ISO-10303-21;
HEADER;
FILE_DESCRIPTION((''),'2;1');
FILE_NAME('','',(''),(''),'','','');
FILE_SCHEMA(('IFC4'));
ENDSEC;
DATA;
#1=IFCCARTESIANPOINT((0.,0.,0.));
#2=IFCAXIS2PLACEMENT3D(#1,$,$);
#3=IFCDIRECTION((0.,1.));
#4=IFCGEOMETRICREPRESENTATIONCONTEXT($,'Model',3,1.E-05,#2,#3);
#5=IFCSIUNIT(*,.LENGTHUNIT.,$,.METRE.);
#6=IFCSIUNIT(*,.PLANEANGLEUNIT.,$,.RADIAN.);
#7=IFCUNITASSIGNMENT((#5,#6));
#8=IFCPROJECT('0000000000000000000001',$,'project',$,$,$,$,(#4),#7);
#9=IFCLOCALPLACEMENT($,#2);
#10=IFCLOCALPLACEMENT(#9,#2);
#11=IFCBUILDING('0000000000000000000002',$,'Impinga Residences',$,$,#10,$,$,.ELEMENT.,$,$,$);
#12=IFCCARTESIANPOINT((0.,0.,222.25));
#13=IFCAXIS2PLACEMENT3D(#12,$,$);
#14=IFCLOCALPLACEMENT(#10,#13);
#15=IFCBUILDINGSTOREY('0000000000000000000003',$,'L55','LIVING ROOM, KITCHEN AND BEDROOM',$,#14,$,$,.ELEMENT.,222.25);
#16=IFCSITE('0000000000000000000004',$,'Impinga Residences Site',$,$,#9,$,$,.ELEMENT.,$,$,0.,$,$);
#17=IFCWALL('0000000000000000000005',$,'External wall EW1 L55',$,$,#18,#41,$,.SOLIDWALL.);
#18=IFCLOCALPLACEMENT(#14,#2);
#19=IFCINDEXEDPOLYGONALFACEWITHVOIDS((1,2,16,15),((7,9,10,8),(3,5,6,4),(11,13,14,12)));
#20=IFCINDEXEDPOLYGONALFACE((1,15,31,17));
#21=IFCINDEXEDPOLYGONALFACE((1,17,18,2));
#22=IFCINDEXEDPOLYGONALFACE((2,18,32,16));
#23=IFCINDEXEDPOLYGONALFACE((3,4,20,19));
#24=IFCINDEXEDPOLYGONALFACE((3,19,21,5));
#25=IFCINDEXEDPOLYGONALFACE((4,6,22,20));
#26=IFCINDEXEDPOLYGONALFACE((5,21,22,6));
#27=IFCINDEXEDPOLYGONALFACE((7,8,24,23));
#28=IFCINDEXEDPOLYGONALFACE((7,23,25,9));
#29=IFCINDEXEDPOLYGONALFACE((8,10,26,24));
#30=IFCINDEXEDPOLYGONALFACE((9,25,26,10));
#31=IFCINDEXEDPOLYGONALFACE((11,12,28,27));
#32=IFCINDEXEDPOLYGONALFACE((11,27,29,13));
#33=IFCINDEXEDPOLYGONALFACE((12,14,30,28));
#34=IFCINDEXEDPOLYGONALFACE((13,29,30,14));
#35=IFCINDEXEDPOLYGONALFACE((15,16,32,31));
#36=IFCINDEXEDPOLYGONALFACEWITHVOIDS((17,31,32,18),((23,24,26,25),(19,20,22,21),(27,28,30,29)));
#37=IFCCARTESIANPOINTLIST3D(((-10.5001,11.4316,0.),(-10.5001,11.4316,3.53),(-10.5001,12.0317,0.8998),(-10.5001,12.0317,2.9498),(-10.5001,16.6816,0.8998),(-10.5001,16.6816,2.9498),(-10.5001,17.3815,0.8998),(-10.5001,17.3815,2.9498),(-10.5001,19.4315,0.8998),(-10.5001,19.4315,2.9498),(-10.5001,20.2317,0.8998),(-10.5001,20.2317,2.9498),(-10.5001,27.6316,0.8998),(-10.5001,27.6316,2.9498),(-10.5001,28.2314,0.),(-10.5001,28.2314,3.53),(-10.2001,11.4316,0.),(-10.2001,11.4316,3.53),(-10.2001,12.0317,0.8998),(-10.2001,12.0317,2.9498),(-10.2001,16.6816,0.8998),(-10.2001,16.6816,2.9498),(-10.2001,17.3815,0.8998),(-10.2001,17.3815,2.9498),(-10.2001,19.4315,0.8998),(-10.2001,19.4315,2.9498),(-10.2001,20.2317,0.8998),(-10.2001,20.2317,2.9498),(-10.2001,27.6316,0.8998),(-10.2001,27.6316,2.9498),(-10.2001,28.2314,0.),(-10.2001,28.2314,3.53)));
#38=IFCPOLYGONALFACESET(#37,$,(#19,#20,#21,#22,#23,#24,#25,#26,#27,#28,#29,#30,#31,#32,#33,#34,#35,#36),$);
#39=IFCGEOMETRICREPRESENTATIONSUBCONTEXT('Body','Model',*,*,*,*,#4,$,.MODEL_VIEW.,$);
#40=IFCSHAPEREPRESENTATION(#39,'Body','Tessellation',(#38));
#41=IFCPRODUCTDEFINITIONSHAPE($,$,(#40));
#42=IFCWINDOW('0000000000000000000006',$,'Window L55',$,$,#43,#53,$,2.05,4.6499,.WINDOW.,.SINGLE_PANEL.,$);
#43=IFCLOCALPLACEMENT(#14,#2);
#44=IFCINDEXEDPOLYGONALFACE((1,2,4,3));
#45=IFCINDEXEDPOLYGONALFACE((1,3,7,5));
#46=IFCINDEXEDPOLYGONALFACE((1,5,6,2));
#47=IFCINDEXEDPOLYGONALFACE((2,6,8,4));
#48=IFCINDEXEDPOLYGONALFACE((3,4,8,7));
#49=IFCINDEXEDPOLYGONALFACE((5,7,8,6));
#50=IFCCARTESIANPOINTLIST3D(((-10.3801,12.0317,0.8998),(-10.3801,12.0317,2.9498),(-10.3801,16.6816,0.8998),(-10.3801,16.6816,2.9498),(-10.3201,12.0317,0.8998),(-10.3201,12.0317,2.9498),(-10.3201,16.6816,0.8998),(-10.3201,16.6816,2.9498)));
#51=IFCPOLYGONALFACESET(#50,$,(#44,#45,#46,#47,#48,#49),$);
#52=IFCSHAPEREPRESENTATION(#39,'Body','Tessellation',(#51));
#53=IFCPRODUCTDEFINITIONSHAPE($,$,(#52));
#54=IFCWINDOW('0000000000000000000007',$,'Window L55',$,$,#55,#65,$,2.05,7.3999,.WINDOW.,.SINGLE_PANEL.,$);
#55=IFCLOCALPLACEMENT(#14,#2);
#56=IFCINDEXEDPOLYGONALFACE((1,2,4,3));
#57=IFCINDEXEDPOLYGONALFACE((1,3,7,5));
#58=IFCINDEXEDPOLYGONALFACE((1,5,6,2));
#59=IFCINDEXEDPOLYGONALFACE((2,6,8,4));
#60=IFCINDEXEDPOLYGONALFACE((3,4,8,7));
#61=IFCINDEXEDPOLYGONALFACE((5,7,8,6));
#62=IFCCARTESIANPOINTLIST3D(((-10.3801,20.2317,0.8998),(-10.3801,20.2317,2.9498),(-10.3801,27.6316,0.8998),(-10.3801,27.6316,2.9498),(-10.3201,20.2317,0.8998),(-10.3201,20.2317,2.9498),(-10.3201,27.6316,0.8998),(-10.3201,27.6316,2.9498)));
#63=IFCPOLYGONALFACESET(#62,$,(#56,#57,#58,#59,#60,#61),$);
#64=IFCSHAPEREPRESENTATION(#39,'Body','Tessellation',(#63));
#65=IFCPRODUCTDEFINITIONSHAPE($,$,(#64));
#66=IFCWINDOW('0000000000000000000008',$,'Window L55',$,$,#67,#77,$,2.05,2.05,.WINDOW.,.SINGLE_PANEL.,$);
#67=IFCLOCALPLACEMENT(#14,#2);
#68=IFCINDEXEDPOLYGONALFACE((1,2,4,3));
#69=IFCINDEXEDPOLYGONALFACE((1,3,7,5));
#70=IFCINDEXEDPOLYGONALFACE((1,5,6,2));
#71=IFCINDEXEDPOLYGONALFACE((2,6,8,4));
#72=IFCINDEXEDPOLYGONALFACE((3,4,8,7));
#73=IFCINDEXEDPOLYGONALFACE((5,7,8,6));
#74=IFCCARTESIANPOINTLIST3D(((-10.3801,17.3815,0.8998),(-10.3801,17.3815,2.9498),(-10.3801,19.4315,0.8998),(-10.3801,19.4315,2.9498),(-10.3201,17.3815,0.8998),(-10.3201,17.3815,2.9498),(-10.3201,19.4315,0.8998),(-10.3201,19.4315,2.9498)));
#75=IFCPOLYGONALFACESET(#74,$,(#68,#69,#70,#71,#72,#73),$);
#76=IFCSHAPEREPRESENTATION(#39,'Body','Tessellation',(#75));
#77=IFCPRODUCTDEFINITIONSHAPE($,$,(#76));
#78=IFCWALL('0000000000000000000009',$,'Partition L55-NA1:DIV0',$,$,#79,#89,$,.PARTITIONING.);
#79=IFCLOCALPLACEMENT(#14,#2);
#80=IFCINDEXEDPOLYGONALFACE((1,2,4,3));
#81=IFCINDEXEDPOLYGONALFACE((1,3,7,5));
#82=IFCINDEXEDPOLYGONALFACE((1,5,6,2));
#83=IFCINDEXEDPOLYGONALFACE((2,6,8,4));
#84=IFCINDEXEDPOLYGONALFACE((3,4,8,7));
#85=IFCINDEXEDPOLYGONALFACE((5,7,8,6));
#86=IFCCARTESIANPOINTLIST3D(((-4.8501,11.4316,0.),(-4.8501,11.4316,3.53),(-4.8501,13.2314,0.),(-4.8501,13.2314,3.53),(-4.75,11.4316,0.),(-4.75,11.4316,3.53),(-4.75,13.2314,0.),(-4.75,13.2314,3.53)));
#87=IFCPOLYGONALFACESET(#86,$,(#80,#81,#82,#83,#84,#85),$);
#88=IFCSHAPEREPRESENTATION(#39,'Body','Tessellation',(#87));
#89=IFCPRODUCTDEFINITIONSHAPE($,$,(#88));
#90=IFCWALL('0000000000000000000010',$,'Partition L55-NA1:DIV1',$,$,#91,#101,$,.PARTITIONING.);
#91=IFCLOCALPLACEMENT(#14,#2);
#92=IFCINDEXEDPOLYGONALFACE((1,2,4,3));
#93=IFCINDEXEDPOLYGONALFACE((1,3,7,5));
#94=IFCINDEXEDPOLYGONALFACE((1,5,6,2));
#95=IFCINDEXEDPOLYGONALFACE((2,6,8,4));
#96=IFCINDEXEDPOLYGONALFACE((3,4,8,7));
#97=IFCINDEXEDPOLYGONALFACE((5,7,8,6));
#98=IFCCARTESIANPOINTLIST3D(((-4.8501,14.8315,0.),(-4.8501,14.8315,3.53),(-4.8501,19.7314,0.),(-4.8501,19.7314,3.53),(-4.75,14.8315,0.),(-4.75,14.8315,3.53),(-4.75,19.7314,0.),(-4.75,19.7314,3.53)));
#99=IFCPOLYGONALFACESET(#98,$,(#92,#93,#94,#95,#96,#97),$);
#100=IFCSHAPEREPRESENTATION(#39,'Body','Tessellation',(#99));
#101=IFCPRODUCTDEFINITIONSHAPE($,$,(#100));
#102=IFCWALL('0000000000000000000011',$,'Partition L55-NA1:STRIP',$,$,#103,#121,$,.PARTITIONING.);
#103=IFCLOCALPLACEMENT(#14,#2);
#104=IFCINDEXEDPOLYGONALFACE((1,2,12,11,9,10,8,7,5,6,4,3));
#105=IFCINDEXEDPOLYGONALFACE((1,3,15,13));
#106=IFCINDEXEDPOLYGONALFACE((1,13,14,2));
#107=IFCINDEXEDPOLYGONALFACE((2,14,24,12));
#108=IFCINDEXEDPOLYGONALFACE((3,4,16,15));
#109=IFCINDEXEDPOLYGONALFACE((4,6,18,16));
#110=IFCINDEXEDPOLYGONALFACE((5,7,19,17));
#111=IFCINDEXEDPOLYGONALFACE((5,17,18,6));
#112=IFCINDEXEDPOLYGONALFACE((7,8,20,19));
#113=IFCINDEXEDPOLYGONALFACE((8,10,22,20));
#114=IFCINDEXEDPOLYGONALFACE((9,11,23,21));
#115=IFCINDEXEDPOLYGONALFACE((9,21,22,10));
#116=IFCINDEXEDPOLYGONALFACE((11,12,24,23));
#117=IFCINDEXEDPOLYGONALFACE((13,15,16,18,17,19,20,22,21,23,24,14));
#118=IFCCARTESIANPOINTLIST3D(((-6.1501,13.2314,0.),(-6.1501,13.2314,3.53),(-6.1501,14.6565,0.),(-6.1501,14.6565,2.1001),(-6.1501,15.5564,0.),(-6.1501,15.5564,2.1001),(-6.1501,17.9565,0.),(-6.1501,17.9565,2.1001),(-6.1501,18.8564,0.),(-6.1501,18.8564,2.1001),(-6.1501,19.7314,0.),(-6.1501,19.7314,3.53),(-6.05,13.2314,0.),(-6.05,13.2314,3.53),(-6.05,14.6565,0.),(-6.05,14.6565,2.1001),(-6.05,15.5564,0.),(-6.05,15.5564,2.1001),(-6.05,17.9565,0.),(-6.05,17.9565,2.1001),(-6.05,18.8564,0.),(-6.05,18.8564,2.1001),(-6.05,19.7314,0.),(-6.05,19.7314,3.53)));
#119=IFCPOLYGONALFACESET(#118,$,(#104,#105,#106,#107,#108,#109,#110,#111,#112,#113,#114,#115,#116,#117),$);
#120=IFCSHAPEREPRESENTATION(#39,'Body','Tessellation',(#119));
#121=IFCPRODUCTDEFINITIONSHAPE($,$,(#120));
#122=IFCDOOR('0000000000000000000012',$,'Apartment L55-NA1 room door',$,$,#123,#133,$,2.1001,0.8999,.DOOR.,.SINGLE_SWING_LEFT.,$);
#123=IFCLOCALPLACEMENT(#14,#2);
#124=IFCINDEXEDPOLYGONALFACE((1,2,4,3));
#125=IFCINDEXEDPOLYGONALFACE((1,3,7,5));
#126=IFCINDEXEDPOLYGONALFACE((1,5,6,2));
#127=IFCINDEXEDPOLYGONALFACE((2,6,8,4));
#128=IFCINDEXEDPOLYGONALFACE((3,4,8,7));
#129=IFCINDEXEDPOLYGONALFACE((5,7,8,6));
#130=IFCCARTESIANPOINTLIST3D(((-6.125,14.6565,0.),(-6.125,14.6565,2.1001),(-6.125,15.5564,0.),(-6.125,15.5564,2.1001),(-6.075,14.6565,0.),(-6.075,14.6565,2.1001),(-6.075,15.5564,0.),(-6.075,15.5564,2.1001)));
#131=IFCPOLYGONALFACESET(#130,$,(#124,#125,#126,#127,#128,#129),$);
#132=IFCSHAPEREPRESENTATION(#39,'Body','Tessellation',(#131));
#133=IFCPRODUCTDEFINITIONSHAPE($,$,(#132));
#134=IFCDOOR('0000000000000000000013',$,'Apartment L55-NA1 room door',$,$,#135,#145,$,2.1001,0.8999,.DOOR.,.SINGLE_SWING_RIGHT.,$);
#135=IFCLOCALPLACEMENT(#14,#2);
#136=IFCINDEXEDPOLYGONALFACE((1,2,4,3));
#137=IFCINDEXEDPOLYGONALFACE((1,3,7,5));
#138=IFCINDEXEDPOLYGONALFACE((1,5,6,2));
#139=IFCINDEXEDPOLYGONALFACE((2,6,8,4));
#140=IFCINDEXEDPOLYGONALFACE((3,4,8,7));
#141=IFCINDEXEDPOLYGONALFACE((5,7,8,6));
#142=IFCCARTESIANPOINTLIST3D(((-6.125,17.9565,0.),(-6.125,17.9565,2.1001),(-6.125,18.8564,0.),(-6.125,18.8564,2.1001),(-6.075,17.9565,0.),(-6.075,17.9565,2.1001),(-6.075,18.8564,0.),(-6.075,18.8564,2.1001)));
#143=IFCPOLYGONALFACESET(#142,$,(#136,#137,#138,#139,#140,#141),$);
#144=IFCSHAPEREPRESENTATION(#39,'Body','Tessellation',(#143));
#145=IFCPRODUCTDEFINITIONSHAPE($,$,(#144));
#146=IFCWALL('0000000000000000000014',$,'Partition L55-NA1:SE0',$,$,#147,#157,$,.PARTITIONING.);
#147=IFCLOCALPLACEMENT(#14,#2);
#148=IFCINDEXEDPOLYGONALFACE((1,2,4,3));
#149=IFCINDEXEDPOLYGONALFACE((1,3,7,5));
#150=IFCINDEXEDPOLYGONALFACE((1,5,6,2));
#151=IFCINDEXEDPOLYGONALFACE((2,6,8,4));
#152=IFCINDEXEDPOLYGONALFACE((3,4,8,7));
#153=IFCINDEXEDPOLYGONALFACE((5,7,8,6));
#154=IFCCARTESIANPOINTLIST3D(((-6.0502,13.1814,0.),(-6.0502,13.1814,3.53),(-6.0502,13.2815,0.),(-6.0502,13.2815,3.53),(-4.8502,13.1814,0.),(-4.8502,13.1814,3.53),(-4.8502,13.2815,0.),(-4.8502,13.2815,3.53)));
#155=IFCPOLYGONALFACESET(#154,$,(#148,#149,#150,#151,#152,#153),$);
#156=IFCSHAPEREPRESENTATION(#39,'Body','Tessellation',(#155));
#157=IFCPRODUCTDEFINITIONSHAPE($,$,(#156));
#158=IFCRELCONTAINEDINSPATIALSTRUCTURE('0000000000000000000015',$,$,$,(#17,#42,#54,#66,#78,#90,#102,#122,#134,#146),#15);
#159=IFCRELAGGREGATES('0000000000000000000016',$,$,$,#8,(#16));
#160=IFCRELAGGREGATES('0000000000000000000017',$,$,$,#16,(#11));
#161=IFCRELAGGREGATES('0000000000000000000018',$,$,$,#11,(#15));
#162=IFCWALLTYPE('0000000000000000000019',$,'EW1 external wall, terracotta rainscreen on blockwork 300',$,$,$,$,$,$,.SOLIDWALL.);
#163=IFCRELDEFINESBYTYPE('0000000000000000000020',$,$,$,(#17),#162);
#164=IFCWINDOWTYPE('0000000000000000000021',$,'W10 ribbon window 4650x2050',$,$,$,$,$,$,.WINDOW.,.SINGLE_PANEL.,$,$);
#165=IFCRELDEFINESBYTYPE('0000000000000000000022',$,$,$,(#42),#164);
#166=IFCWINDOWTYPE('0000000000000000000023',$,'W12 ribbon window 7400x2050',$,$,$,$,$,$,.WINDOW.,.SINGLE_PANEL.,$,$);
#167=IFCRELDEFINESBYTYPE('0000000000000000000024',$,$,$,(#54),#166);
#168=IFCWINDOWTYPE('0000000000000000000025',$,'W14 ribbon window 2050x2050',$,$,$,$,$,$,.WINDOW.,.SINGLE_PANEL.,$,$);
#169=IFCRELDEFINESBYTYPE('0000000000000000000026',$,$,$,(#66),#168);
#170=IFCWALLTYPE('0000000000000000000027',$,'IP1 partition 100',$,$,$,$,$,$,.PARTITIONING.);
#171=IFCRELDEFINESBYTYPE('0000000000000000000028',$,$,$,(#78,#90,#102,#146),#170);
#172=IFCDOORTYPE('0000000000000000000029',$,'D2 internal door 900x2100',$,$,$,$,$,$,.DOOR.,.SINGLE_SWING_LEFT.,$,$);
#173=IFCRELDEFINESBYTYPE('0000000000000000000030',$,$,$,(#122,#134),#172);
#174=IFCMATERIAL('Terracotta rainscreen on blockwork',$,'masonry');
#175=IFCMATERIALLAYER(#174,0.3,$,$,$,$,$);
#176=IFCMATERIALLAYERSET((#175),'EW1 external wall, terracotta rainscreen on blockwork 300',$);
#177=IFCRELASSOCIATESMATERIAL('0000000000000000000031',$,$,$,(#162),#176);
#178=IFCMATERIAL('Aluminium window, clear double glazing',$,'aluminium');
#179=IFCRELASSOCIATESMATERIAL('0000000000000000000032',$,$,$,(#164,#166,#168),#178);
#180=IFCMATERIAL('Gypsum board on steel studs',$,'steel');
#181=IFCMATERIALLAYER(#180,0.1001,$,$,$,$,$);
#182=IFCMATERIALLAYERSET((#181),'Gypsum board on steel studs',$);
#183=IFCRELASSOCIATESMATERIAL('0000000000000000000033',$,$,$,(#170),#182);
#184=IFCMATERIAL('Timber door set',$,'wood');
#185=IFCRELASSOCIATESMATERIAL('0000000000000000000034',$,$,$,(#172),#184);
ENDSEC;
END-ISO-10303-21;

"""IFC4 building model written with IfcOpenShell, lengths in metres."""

from ifc_helpers import new_model, si_unit, direction, frame, frame_2d, origin, place, context, subcontext, project, spatial, rectangle, extrude, material, layer, layer_set, type_object, element, fill, save


model = new_model("IFC4")

# Units and contexts
model_context = context("Model", 3, precision=1e-05, world=origin(), true_north=direction((0.0, 1.0)))
body_context = subcontext(model_context, "Body", "Model", "MODEL_VIEW")
ifc_project = project(units=[si_unit("LENGTHUNIT", "METRE"), si_unit("PLANEANGLEUNIT", "RADIAN")], contexts=[model_context])

# Site, building, storey
site_placement = place(None, origin())
site = spatial("IfcSite", under=ifc_project, at=site_placement, Name="Impinga Residences Site", CompositionType="ELEMENT", RefElevation=0.0)
building_placement = place(site_placement, origin())
building = spatial("IfcBuilding", under=site, at=building_placement, Name="Impinga Residences", CompositionType="ELEMENT")
storey_placement = place(building_placement, frame((0.0, 0.0, 222.25)))
storey = spatial("IfcBuildingStorey", under=building, at=storey_placement, Name="L55", Description="LIVING ROOM, KITCHEN AND BEDROOM", CompositionType="ELEMENT", Elevation=222.25)

# Shared definitions
ifc_material_1 = material(Name="Timber door set", Category="wood")

# Shared definitions
ifc_material_2 = material(Name="Terracotta rainscreen on blockwork", Category="masonry")
ifc_layer_1 = layer(ifc_material_2, 0.3)
ifc_layer_set_1 = layer_set([ifc_layer_1], Name="EW1 external wall, terracotta rainscreen on blockwork 300")
wall_type_1 = type_object("IfcWallType", Name="EW1 external wall, terracotta rainscreen on blockwork 300", PredefinedType="SOLIDWALL", material=ifc_layer_set_1)

# Wall, openings, windows
wall_1_placement = place(storey_placement, frame((-10.3501, 11.4316, 0.0), z_axis=(0.0, 0.0, 1.0), x_axis=(0.0, 1.0, 0.0)))
wall_1 = element("IfcWall", 1, at=wall_1_placement, inside=storey, type_object=wall_type_1, Name="External wall EW1 L55", PredefinedType="SOLIDWALL", context=body_context, shape_type="SweptSolid", body=[
    extrude(rectangle(XDim=16.7998, YDim=0.3, at=frame_2d((8.3999, 0.0))), origin(), (0.0, 0.0, 1.0), 3.53),
])
opening_1_placement = place(wall_1_placement, frame((0.6001, 0.0, 0.8999)))
opening_1 = element("IfcOpeningElement", 2, at=opening_1_placement, cuts=wall_1, PredefinedType="OPENING", context=body_context, shape_type="SweptSolid", body=[
    extrude(rectangle(XDim=4.6499, YDim=2.05, at=frame_2d((2.325, 1.0249))), frame((0.0, 0.1599, 0.0), z_axis=(0.0, -1.0, 0.0), x_axis=(1.0, 0.0, 0.0)), (0.0, 0.0, 1.0), 0.3201),
])
opening_2_placement = place(wall_1_placement, frame((5.95, 0.0, 0.8999)))
opening_2 = element("IfcOpeningElement", 3, at=opening_2_placement, cuts=wall_1, PredefinedType="OPENING", context=body_context, shape_type="SweptSolid", body=[
    extrude(rectangle(XDim=2.05, YDim=2.05, at=frame_2d((1.0249, 1.0249))), frame((0.0, 0.1599, 0.0), z_axis=(0.0, -1.0, 0.0), x_axis=(1.0, 0.0, 0.0)), (0.0, 0.0, 1.0), 0.3201),
])
opening_3_placement = place(wall_1_placement, frame((8.8, 0.0, 0.8999)))
opening_3 = element("IfcOpeningElement", 4, at=opening_3_placement, cuts=wall_1, PredefinedType="OPENING", context=body_context, shape_type="SweptSolid", body=[
    extrude(rectangle(XDim=7.3999, YDim=2.05, at=frame_2d((3.7, 1.0249))), frame((0.0, 0.1599, 0.0), z_axis=(0.0, -1.0, 0.0), x_axis=(1.0, 0.0, 0.0)), (0.0, 0.0, 1.0), 0.3201),
])
ifc_material_3 = material(Name="Aluminium window, clear double glazing", Category="aluminium")
window_type_1 = type_object("IfcWindowType", Name="W10 ribbon window 4650x2050", PartitioningType="SINGLE_PANEL", PredefinedType="WINDOW", material=ifc_material_3)
window_1_placement = place(opening_1_placement, origin())
window_1 = element("IfcWindow", 5, at=window_1_placement, inside=storey, type_object=window_type_1, Name="Window L55", OverallHeight=2.05, OverallWidth=4.6499, PartitioningType="SINGLE_PANEL", PredefinedType="WINDOW", context=body_context, shape_type="SweptSolid", body=[
    extrude(rectangle(XDim=4.6499, YDim=2.05, at=frame_2d((2.325, 1.0249))), frame((0.0, 0.03, 0.0), z_axis=(0.0, -1.0, 0.0), x_axis=(1.0, 0.0, 0.0)), (0.0, 0.0, 1.0), 0.0601),
])
fill(opening_1, window_1)
window_type_2 = type_object("IfcWindowType", Name="W12 ribbon window 7400x2050", PartitioningType="SINGLE_PANEL", PredefinedType="WINDOW", material=ifc_material_3)
window_2_placement = place(opening_3_placement, origin())
window_2 = element("IfcWindow", 6, at=window_2_placement, inside=storey, type_object=window_type_2, Name="Window L55", OverallHeight=2.05, OverallWidth=7.3999, PartitioningType="SINGLE_PANEL", PredefinedType="WINDOW", context=body_context, shape_type="SweptSolid", body=[
    extrude(rectangle(XDim=7.3999, YDim=2.05, at=frame_2d((3.7, 1.0249))), frame((0.0, 0.03, 0.0), z_axis=(0.0, -1.0, 0.0), x_axis=(1.0, 0.0, 0.0)), (0.0, 0.0, 1.0), 0.0601),
])
fill(opening_3, window_2)
window_type_3 = type_object("IfcWindowType", Name="W14 ribbon window 2050x2050", PartitioningType="SINGLE_PANEL", PredefinedType="WINDOW", material=ifc_material_3)
window_3_placement = place(opening_2_placement, origin())
window_3 = element("IfcWindow", 7, at=window_3_placement, inside=storey, type_object=window_type_3, Name="Window L55", OverallHeight=2.05, OverallWidth=2.05, PartitioningType="SINGLE_PANEL", PredefinedType="WINDOW", context=body_context, shape_type="SweptSolid", body=[
    extrude(rectangle(XDim=2.05, YDim=2.05, at=frame_2d((1.0249, 1.0249))), frame((0.0, 0.03, 0.0), z_axis=(0.0, -1.0, 0.0), x_axis=(1.0, 0.0, 0.0)), (0.0, 0.0, 1.0), 0.0601),
])
fill(opening_2, window_3)

# Walls
ifc_material_4 = material(Name="Gypsum board on steel studs", Category="steel")
ifc_layer_2 = layer(ifc_material_4, 0.1001)
ifc_layer_set_2 = layer_set([ifc_layer_2], Name="Gypsum board on steel studs")
wall_type_2 = type_object("IfcWallType", Name="IP1 partition 100", PredefinedType="PARTITIONING", material=ifc_layer_set_2)
wall_2_placement = place(storey_placement, frame((-4.8, 11.4316, 0.0), z_axis=(0.0, 0.0, 1.0), x_axis=(0.0, 1.0, 0.0)))
element("IfcWall", 8, at=wall_2_placement, inside=storey, type_object=wall_type_2, Name="Partition L55-NA1:DIV0", PredefinedType="PARTITIONING", context=body_context, shape_type="SweptSolid", body=[
    extrude(rectangle(XDim=1.7998, YDim=0.1001, at=frame_2d((0.8999, 0.0))), origin(), (0.0, 0.0, 1.0), 3.53),
])
wall_3_placement = place(storey_placement, frame((-4.8, 14.8315, 0.0), z_axis=(0.0, 0.0, 1.0), x_axis=(0.0, 1.0, 0.0)))
element("IfcWall", 9, at=wall_3_placement, inside=storey, type_object=wall_type_2, Name="Partition L55-NA1:DIV1", PredefinedType="PARTITIONING", context=body_context, shape_type="SweptSolid", body=[
    extrude(rectangle(XDim=4.8999, YDim=0.1001, at=frame_2d((2.45, 0.0))), origin(), (0.0, 0.0, 1.0), 3.53),
])

# Wall, openings, doors
wall_4_placement = place(storey_placement, frame((-6.1001, 13.2314, 0.0), z_axis=(0.0, 0.0, 1.0), x_axis=(0.0, 1.0, 0.0)))
wall_4 = element("IfcWall", 10, at=wall_4_placement, inside=storey, type_object=wall_type_2, Name="Partition L55-NA1:STRIP", PredefinedType="PARTITIONING", context=body_context, shape_type="SweptSolid", body=[
    extrude(rectangle(XDim=6.5, YDim=0.1001, at=frame_2d((3.25, 0.0))), origin(), (0.0, 0.0, 1.0), 3.53),
])
opening_4_placement = place(wall_4_placement, frame((1.425, 0.0, 0.0)))
opening_4 = element("IfcOpeningElement", 11, at=opening_4_placement, cuts=wall_4, PredefinedType="OPENING", context=body_context, shape_type="SweptSolid", body=[
    extrude(rectangle(XDim=0.8999, YDim=2.1001, at=frame_2d((0.45, 1.05))), frame((0.0, 0.0601, 0.0), z_axis=(0.0, -1.0, 0.0), x_axis=(1.0, 0.0, 0.0)), (0.0, 0.0, 1.0), 0.1201),
])
opening_5_placement = place(wall_4_placement, frame((4.7251, 0.0, 0.0)))
opening_5 = element("IfcOpeningElement", 12, at=opening_5_placement, cuts=wall_4, PredefinedType="OPENING", context=body_context, shape_type="SweptSolid", body=[
    extrude(rectangle(XDim=0.8999, YDim=2.1001, at=frame_2d((0.45, 1.05))), frame((0.0, 0.0601, 0.0), z_axis=(0.0, -1.0, 0.0), x_axis=(1.0, 0.0, 0.0)), (0.0, 0.0, 1.0), 0.1201),
])
door_type_1 = type_object("IfcDoorType", Name="D2 internal door 900x2100", OperationType="SINGLE_SWING_LEFT", PredefinedType="DOOR", material=ifc_material_1)
door_1_placement = place(opening_4_placement, origin())
door_1 = element("IfcDoor", 13, at=door_1_placement, inside=storey, type_object=door_type_1, Name="Apartment L55-NA1 room door", OperationType="SINGLE_SWING_LEFT", OverallHeight=2.1001, OverallWidth=0.8999, PredefinedType="DOOR", context=body_context, shape_type="SweptSolid", body=[
    extrude(rectangle(XDim=0.8999, YDim=2.1001, at=frame_2d((0.45, 1.05))), frame((0.0, 0.0249, 0.0), z_axis=(0.0, -1.0, 0.0), x_axis=(1.0, 0.0, 0.0)), (0.0, 0.0, 1.0), 0.05),
])
fill(opening_4, door_1)
door_2_placement = place(opening_5_placement, origin())
door_2 = element("IfcDoor", 14, at=door_2_placement, inside=storey, type_object=door_type_1, Name="Apartment L55-NA1 room door", OperationType="SINGLE_SWING_RIGHT", OverallHeight=2.1001, OverallWidth=0.8999, PredefinedType="DOOR", context=body_context, shape_type="SweptSolid", body=[
    extrude(rectangle(XDim=0.8999, YDim=2.1001, at=frame_2d((0.45, 1.05))), frame((0.0, 0.0249, 0.0), z_axis=(0.0, -1.0, 0.0), x_axis=(1.0, 0.0, 0.0)), (0.0, 0.0, 1.0), 0.05),
])
fill(opening_5, door_2)

# Wall
wall_5_placement = place(storey_placement, frame((-4.8501, 13.2314, 0.0), z_axis=(0.0, 0.0, 1.0), x_axis=(-1.0, 0.0, 0.0)))
element("IfcWall", 15, at=wall_5_placement, inside=storey, type_object=wall_type_2, Name="Partition L55-NA1:SE0", PredefinedType="PARTITIONING", context=body_context, shape_type="SweptSolid", body=[
    extrude(rectangle(XDim=1.2, YDim=0.1001, at=frame_2d((0.6001, 0.0))), origin(), (0.0, 0.0, 1.0), 3.53),
])

save(model, "model.ifc")
